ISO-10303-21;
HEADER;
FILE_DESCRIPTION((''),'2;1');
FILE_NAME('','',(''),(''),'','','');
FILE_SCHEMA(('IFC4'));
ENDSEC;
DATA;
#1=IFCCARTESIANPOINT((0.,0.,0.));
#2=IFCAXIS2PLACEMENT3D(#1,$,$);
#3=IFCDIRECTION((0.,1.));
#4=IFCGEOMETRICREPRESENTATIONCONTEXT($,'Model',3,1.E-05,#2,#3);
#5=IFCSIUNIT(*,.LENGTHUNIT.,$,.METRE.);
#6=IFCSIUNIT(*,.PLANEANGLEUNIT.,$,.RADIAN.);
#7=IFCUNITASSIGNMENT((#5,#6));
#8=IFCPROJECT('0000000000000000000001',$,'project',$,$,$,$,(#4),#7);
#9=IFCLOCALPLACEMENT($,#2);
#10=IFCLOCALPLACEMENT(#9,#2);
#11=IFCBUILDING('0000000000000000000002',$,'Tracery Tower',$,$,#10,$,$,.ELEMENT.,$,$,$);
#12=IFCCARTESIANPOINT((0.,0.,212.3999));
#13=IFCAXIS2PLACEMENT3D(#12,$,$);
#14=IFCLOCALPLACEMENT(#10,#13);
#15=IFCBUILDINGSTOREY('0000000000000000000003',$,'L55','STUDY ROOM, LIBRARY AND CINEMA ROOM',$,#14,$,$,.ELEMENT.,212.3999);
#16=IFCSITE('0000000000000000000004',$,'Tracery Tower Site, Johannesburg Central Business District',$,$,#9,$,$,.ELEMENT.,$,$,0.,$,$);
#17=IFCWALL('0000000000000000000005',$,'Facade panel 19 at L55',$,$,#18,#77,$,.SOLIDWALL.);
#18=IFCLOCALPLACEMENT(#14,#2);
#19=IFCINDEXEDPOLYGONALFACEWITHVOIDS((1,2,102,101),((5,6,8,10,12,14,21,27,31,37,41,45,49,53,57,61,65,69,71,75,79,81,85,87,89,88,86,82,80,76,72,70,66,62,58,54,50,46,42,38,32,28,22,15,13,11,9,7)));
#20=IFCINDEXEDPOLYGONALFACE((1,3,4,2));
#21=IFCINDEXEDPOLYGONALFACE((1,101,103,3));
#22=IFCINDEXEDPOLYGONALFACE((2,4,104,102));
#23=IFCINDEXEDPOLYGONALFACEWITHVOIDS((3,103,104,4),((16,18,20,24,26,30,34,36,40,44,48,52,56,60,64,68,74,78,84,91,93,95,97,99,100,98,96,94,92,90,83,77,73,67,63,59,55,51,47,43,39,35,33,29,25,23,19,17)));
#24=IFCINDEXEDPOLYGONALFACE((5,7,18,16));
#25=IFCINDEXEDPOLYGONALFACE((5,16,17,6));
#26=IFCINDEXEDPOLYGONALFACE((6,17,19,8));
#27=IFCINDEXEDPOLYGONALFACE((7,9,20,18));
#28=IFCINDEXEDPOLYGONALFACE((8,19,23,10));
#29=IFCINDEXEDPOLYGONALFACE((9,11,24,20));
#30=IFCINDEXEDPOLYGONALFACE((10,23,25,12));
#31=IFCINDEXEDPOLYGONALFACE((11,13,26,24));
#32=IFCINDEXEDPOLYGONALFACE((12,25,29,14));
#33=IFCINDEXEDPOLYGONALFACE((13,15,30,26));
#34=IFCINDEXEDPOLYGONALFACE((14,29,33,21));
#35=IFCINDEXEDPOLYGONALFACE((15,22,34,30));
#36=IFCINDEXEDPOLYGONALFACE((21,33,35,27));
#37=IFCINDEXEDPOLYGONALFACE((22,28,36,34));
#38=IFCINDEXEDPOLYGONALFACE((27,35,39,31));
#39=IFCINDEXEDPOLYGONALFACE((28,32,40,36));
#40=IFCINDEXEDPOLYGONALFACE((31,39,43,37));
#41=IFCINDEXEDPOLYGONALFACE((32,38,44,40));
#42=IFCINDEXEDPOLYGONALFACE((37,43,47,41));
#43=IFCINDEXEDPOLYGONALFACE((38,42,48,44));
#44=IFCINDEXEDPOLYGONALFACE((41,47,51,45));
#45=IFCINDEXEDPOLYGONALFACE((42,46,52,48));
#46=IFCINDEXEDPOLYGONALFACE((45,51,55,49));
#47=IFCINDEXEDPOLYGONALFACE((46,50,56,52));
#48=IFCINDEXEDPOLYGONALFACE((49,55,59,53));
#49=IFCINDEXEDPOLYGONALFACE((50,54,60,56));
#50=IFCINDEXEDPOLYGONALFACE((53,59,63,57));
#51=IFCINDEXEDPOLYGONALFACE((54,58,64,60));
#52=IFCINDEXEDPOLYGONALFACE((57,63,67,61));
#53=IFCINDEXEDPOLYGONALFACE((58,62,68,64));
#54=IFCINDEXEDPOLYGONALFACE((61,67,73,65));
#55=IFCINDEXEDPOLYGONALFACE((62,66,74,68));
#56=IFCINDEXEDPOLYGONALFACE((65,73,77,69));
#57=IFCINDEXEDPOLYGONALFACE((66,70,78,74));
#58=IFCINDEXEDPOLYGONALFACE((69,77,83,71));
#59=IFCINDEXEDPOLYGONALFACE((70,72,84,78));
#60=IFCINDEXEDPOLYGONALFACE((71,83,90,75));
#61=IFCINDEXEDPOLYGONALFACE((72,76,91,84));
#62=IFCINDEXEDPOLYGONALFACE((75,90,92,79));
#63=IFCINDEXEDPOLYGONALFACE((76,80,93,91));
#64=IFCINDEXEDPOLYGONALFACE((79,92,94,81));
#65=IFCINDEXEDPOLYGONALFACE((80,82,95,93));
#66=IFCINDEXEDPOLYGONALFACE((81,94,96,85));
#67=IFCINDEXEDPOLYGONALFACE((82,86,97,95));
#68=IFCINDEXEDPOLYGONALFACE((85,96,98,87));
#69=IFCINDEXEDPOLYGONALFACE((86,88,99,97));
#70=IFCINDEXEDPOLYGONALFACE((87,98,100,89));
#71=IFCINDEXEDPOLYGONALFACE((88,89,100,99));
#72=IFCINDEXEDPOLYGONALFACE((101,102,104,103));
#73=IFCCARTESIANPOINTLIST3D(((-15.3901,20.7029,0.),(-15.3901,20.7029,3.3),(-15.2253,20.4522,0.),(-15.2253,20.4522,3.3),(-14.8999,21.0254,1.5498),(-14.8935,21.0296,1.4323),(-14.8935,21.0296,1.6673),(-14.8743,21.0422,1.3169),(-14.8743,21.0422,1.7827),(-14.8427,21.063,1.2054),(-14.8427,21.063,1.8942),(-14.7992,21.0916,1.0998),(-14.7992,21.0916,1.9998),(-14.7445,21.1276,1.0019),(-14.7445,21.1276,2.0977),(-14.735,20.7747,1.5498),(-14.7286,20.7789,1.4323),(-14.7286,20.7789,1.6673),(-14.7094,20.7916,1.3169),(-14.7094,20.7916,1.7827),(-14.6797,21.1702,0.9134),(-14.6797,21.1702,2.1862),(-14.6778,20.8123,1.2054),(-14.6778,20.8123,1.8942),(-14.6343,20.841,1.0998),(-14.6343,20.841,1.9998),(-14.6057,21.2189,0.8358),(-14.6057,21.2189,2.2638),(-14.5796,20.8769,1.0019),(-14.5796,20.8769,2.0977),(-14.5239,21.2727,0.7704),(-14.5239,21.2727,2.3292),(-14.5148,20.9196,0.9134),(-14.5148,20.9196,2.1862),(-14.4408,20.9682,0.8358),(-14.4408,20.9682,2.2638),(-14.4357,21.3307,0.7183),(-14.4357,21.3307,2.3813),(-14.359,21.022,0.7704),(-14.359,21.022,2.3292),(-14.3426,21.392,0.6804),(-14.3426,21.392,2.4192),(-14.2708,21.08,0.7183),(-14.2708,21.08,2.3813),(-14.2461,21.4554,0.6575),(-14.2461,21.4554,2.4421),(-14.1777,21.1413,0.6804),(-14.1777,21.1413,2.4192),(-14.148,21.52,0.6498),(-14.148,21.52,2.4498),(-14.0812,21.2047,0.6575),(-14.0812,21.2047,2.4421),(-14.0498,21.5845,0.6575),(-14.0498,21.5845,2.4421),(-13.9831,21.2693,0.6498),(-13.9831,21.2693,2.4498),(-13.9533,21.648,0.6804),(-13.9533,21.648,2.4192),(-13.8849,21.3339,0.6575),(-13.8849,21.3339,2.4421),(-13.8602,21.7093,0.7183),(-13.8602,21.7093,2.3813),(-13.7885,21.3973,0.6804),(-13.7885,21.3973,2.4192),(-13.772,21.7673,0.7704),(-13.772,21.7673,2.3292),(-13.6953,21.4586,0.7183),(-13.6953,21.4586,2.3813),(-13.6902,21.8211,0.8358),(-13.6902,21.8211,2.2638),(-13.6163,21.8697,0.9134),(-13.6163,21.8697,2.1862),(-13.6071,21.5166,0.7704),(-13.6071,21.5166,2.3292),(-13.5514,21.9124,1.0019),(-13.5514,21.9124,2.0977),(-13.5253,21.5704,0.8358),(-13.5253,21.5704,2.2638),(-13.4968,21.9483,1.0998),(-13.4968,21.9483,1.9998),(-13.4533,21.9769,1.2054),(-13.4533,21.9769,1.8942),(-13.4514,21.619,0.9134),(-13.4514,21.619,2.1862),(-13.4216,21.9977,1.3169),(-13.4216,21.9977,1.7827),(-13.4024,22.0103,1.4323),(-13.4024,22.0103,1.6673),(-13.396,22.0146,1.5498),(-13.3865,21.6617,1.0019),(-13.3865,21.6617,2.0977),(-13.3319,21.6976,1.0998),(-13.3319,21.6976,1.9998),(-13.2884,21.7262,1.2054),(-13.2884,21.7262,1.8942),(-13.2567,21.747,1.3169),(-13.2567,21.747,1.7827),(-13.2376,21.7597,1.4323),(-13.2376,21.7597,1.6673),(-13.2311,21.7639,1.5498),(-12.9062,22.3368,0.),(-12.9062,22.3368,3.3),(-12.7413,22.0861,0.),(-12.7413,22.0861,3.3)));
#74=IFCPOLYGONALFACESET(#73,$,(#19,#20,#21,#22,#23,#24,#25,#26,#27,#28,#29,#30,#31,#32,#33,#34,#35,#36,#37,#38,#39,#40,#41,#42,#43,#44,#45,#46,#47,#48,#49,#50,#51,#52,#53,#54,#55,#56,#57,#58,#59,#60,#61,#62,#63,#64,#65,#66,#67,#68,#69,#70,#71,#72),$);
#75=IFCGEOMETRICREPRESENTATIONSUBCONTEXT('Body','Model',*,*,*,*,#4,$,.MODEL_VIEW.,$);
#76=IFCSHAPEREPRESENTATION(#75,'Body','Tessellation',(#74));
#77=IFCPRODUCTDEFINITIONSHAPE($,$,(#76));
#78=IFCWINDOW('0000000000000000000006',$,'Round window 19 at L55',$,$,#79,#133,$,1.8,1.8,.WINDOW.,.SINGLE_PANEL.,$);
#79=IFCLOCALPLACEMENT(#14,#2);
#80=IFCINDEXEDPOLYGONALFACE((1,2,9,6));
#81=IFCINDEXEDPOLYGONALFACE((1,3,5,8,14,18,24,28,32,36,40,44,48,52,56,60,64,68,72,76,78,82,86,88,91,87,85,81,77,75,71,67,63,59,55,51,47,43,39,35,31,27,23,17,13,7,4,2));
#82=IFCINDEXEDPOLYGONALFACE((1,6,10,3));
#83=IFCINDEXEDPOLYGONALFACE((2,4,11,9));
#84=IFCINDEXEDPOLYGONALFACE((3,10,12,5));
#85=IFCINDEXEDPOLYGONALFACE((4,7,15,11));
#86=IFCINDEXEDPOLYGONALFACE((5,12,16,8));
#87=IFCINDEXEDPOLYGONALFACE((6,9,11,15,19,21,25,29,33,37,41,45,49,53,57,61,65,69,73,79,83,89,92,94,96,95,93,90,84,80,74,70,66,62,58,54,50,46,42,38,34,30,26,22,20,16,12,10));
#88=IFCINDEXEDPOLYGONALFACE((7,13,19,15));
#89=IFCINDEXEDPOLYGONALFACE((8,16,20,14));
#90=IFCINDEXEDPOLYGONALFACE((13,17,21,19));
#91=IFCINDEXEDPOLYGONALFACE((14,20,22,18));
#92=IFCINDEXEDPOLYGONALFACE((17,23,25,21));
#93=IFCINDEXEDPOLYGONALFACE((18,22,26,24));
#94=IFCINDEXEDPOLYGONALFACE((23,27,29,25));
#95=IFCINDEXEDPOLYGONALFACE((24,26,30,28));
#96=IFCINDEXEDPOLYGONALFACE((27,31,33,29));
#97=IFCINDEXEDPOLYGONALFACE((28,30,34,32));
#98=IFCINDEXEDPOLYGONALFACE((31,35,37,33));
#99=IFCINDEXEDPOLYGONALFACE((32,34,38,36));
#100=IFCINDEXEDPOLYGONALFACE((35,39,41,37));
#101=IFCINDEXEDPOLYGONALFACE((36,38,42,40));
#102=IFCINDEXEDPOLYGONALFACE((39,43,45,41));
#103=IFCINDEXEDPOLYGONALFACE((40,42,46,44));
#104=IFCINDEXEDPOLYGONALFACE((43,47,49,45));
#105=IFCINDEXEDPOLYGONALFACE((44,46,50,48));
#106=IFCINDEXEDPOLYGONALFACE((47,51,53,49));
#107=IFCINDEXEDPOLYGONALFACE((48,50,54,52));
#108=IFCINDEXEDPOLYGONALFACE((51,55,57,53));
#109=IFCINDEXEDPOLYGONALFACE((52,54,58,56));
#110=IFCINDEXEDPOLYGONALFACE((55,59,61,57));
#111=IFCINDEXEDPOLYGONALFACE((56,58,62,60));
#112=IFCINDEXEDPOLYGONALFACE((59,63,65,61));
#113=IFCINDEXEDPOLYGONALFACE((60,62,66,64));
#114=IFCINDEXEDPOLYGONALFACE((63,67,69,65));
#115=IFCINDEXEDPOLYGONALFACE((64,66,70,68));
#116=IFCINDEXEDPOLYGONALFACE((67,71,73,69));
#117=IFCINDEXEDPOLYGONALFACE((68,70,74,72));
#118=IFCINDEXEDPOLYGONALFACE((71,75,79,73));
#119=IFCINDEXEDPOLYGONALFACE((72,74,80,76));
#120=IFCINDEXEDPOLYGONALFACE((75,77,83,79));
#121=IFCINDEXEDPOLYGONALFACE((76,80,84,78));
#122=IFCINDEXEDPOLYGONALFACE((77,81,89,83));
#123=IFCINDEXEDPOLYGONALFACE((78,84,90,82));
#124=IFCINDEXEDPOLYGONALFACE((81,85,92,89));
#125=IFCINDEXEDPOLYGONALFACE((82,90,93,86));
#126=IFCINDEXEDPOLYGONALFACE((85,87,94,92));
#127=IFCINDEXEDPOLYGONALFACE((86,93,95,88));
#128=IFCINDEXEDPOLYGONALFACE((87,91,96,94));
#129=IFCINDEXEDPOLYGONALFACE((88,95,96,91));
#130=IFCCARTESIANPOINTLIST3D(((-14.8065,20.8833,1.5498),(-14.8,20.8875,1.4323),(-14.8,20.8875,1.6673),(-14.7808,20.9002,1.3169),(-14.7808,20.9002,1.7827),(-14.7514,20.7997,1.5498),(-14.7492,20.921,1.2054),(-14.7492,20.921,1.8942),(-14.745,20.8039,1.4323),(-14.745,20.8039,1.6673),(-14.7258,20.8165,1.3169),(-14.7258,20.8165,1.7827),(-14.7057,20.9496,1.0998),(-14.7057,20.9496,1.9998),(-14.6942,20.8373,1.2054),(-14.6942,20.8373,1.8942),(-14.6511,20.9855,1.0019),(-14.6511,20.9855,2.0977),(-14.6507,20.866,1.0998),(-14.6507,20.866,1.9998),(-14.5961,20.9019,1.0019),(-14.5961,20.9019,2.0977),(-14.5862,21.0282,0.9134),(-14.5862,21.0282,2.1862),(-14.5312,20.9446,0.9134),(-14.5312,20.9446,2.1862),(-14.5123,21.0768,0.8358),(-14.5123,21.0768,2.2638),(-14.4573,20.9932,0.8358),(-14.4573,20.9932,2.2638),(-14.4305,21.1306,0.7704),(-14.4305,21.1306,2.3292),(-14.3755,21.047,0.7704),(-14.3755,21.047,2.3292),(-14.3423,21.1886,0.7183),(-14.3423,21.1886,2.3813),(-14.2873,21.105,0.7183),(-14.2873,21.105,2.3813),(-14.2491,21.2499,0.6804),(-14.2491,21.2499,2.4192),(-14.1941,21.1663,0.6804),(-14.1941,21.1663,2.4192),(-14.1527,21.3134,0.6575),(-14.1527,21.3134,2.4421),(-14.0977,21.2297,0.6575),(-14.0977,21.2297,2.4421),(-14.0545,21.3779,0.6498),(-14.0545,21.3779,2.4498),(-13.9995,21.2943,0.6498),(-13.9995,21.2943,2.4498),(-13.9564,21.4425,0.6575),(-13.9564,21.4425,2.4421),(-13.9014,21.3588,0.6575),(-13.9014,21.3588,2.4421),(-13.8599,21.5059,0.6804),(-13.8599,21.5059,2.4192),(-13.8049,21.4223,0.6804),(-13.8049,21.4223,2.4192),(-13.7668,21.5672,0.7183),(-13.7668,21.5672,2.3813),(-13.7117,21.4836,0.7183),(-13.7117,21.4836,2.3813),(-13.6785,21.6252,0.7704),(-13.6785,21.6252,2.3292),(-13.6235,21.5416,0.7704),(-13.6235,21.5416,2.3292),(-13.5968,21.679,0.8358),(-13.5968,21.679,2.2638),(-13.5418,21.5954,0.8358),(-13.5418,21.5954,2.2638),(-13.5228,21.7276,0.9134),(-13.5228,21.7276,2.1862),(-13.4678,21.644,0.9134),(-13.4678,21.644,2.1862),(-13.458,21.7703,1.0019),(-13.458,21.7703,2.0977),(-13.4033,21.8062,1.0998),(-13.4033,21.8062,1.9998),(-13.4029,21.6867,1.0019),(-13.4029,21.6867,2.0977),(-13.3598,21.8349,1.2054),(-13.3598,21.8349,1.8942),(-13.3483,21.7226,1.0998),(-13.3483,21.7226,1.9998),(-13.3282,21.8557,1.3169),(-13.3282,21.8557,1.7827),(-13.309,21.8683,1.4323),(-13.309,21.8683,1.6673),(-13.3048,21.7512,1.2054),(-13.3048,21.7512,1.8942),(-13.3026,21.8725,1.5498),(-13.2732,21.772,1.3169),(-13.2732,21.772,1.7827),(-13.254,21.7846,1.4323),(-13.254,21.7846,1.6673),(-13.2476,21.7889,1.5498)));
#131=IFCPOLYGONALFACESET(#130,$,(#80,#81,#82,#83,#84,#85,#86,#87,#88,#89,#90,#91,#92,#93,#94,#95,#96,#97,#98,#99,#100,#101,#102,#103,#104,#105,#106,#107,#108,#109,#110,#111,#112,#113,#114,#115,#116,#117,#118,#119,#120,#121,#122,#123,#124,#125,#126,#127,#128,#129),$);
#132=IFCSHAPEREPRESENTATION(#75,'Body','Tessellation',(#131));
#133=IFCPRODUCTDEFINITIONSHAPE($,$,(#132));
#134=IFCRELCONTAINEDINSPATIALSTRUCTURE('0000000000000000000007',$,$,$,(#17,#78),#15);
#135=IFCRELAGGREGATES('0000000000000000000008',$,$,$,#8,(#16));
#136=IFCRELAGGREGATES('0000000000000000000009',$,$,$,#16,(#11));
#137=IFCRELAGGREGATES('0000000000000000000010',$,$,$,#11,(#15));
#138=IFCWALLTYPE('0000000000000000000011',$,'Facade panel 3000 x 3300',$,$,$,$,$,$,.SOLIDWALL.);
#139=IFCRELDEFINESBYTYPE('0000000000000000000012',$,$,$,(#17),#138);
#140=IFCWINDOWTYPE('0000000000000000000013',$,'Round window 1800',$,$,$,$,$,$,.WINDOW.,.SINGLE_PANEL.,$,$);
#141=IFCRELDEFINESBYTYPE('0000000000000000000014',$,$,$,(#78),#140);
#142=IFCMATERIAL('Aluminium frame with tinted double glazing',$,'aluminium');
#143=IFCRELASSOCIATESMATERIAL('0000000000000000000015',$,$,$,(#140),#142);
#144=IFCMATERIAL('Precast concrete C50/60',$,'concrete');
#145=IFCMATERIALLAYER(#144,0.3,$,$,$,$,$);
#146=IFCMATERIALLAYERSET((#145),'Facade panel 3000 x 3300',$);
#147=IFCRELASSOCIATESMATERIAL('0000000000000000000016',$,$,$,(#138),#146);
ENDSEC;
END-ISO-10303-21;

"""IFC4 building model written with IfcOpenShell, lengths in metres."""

from ifc_helpers import new_model, si_unit, direction, frame, frame_2d, origin, origin_2d, place, context, subcontext, project, spatial, rectangle, circle, extrude, material, layer, layer_set, type_object, element, fill, save


model = new_model("IFC4")

# Units and contexts
model_context = context("Model", 3, precision=1e-05, world=origin(), true_north=direction((0.0, 1.0)))
body_context = subcontext(model_context, "Body", "Model", "MODEL_VIEW")
ifc_project = project(units=[si_unit("LENGTHUNIT", "METRE"), si_unit("PLANEANGLEUNIT", "RADIAN")], contexts=[model_context])

# Site, building, storey
site_placement = place(None, origin())
site = spatial("IfcSite", under=ifc_project, at=site_placement, Name="Tracery Tower Site, Johannesburg Central Business District", CompositionType="ELEMENT", RefElevation=0.0)
building_placement = place(site_placement, origin())
building = spatial("IfcBuilding", under=site, at=building_placement, Name="Tracery Tower", CompositionType="ELEMENT")
storey_placement = place(building_placement, frame((0.0, 0.0, 212.3999)))
storey = spatial("IfcBuildingStorey", under=building, at=storey_placement, Name="L55", Description="STUDY ROOM, LIBRARY AND CINEMA ROOM", CompositionType="ELEMENT", Elevation=212.3999)

# Wall, opening, window
ifc_material_1 = material(Name="Aluminium frame with tinted double glazing", Category="aluminium")
window_type = type_object("IfcWindowType", Name="Round window 1800", PartitioningType="SINGLE_PANEL", PredefinedType="WINDOW", material=ifc_material_1)
ifc_material_2 = material(Name="Precast concrete C50/60", Category="concrete")
ifc_layer_1 = layer(ifc_material_2, 0.3)
ifc_layer_set_1 = layer_set([ifc_layer_1], Name="Facade panel 3000 x 3300")
wall_type_1 = type_object("IfcWallType", Name="Facade panel 3000 x 3300", PredefinedType="SOLIDWALL", material=ifc_layer_set_1)
wall_1_placement = place(storey_placement, frame((-12.8237, 22.2114, 0.0), z_axis=(0.0, 0.0, 1.0), x_axis=(-0.835471, -0.549535, 0.0)))
wall_1 = element("IfcWall", 1, at=wall_1_placement, inside=storey, type_object=wall_type_1, Name="Facade panel 19 at L55", PredefinedType="SOLIDWALL", context=body_context, shape_type="SweptSolid", body=[
    extrude(rectangle(XDim=2.9731, YDim=0.3, at=frame_2d((1.4866, 0.0))), origin(), (0.0, 0.0, 1.0), 3.3),
])
opening_1_placement = place(wall_1_placement, frame((1.4863, 0.0, 1.5498)))
opening_1 = element("IfcOpeningElement", 2, at=opening_1_placement, cuts=wall_1, PredefinedType="OPENING", context=body_context, shape_type="SweptSolid", body=[
    extrude(circle(Radius=0.9, at=origin_2d()), frame((0.0, 0.1599, 0.0), z_axis=(0.0, -1.0, 0.0), x_axis=(1.0, 0.0, 0.0)), (0.0, 0.0, 1.0), 0.3201),
])
window_1_placement = place(opening_1_placement, origin())
window_1 = element("IfcWindow", 3, at=window_1_placement, inside=storey, type_object=window_type, Name="Round window 19 at L55", OverallHeight=1.8, OverallWidth=1.8, PartitioningType="SINGLE_PANEL", PredefinedType="WINDOW", context=body_context, shape_type="SweptSolid", body=[
    extrude(circle(Radius=0.9, at=origin_2d()), frame((0.0, 0.1201, 0.0), z_axis=(0.0, -1.0, 0.0), x_axis=(1.0, 0.0, 0.0)), (0.0, 0.0, 1.0), 0.1001),
])
fill(opening_1, window_1)

save(model, "model.ifc")
